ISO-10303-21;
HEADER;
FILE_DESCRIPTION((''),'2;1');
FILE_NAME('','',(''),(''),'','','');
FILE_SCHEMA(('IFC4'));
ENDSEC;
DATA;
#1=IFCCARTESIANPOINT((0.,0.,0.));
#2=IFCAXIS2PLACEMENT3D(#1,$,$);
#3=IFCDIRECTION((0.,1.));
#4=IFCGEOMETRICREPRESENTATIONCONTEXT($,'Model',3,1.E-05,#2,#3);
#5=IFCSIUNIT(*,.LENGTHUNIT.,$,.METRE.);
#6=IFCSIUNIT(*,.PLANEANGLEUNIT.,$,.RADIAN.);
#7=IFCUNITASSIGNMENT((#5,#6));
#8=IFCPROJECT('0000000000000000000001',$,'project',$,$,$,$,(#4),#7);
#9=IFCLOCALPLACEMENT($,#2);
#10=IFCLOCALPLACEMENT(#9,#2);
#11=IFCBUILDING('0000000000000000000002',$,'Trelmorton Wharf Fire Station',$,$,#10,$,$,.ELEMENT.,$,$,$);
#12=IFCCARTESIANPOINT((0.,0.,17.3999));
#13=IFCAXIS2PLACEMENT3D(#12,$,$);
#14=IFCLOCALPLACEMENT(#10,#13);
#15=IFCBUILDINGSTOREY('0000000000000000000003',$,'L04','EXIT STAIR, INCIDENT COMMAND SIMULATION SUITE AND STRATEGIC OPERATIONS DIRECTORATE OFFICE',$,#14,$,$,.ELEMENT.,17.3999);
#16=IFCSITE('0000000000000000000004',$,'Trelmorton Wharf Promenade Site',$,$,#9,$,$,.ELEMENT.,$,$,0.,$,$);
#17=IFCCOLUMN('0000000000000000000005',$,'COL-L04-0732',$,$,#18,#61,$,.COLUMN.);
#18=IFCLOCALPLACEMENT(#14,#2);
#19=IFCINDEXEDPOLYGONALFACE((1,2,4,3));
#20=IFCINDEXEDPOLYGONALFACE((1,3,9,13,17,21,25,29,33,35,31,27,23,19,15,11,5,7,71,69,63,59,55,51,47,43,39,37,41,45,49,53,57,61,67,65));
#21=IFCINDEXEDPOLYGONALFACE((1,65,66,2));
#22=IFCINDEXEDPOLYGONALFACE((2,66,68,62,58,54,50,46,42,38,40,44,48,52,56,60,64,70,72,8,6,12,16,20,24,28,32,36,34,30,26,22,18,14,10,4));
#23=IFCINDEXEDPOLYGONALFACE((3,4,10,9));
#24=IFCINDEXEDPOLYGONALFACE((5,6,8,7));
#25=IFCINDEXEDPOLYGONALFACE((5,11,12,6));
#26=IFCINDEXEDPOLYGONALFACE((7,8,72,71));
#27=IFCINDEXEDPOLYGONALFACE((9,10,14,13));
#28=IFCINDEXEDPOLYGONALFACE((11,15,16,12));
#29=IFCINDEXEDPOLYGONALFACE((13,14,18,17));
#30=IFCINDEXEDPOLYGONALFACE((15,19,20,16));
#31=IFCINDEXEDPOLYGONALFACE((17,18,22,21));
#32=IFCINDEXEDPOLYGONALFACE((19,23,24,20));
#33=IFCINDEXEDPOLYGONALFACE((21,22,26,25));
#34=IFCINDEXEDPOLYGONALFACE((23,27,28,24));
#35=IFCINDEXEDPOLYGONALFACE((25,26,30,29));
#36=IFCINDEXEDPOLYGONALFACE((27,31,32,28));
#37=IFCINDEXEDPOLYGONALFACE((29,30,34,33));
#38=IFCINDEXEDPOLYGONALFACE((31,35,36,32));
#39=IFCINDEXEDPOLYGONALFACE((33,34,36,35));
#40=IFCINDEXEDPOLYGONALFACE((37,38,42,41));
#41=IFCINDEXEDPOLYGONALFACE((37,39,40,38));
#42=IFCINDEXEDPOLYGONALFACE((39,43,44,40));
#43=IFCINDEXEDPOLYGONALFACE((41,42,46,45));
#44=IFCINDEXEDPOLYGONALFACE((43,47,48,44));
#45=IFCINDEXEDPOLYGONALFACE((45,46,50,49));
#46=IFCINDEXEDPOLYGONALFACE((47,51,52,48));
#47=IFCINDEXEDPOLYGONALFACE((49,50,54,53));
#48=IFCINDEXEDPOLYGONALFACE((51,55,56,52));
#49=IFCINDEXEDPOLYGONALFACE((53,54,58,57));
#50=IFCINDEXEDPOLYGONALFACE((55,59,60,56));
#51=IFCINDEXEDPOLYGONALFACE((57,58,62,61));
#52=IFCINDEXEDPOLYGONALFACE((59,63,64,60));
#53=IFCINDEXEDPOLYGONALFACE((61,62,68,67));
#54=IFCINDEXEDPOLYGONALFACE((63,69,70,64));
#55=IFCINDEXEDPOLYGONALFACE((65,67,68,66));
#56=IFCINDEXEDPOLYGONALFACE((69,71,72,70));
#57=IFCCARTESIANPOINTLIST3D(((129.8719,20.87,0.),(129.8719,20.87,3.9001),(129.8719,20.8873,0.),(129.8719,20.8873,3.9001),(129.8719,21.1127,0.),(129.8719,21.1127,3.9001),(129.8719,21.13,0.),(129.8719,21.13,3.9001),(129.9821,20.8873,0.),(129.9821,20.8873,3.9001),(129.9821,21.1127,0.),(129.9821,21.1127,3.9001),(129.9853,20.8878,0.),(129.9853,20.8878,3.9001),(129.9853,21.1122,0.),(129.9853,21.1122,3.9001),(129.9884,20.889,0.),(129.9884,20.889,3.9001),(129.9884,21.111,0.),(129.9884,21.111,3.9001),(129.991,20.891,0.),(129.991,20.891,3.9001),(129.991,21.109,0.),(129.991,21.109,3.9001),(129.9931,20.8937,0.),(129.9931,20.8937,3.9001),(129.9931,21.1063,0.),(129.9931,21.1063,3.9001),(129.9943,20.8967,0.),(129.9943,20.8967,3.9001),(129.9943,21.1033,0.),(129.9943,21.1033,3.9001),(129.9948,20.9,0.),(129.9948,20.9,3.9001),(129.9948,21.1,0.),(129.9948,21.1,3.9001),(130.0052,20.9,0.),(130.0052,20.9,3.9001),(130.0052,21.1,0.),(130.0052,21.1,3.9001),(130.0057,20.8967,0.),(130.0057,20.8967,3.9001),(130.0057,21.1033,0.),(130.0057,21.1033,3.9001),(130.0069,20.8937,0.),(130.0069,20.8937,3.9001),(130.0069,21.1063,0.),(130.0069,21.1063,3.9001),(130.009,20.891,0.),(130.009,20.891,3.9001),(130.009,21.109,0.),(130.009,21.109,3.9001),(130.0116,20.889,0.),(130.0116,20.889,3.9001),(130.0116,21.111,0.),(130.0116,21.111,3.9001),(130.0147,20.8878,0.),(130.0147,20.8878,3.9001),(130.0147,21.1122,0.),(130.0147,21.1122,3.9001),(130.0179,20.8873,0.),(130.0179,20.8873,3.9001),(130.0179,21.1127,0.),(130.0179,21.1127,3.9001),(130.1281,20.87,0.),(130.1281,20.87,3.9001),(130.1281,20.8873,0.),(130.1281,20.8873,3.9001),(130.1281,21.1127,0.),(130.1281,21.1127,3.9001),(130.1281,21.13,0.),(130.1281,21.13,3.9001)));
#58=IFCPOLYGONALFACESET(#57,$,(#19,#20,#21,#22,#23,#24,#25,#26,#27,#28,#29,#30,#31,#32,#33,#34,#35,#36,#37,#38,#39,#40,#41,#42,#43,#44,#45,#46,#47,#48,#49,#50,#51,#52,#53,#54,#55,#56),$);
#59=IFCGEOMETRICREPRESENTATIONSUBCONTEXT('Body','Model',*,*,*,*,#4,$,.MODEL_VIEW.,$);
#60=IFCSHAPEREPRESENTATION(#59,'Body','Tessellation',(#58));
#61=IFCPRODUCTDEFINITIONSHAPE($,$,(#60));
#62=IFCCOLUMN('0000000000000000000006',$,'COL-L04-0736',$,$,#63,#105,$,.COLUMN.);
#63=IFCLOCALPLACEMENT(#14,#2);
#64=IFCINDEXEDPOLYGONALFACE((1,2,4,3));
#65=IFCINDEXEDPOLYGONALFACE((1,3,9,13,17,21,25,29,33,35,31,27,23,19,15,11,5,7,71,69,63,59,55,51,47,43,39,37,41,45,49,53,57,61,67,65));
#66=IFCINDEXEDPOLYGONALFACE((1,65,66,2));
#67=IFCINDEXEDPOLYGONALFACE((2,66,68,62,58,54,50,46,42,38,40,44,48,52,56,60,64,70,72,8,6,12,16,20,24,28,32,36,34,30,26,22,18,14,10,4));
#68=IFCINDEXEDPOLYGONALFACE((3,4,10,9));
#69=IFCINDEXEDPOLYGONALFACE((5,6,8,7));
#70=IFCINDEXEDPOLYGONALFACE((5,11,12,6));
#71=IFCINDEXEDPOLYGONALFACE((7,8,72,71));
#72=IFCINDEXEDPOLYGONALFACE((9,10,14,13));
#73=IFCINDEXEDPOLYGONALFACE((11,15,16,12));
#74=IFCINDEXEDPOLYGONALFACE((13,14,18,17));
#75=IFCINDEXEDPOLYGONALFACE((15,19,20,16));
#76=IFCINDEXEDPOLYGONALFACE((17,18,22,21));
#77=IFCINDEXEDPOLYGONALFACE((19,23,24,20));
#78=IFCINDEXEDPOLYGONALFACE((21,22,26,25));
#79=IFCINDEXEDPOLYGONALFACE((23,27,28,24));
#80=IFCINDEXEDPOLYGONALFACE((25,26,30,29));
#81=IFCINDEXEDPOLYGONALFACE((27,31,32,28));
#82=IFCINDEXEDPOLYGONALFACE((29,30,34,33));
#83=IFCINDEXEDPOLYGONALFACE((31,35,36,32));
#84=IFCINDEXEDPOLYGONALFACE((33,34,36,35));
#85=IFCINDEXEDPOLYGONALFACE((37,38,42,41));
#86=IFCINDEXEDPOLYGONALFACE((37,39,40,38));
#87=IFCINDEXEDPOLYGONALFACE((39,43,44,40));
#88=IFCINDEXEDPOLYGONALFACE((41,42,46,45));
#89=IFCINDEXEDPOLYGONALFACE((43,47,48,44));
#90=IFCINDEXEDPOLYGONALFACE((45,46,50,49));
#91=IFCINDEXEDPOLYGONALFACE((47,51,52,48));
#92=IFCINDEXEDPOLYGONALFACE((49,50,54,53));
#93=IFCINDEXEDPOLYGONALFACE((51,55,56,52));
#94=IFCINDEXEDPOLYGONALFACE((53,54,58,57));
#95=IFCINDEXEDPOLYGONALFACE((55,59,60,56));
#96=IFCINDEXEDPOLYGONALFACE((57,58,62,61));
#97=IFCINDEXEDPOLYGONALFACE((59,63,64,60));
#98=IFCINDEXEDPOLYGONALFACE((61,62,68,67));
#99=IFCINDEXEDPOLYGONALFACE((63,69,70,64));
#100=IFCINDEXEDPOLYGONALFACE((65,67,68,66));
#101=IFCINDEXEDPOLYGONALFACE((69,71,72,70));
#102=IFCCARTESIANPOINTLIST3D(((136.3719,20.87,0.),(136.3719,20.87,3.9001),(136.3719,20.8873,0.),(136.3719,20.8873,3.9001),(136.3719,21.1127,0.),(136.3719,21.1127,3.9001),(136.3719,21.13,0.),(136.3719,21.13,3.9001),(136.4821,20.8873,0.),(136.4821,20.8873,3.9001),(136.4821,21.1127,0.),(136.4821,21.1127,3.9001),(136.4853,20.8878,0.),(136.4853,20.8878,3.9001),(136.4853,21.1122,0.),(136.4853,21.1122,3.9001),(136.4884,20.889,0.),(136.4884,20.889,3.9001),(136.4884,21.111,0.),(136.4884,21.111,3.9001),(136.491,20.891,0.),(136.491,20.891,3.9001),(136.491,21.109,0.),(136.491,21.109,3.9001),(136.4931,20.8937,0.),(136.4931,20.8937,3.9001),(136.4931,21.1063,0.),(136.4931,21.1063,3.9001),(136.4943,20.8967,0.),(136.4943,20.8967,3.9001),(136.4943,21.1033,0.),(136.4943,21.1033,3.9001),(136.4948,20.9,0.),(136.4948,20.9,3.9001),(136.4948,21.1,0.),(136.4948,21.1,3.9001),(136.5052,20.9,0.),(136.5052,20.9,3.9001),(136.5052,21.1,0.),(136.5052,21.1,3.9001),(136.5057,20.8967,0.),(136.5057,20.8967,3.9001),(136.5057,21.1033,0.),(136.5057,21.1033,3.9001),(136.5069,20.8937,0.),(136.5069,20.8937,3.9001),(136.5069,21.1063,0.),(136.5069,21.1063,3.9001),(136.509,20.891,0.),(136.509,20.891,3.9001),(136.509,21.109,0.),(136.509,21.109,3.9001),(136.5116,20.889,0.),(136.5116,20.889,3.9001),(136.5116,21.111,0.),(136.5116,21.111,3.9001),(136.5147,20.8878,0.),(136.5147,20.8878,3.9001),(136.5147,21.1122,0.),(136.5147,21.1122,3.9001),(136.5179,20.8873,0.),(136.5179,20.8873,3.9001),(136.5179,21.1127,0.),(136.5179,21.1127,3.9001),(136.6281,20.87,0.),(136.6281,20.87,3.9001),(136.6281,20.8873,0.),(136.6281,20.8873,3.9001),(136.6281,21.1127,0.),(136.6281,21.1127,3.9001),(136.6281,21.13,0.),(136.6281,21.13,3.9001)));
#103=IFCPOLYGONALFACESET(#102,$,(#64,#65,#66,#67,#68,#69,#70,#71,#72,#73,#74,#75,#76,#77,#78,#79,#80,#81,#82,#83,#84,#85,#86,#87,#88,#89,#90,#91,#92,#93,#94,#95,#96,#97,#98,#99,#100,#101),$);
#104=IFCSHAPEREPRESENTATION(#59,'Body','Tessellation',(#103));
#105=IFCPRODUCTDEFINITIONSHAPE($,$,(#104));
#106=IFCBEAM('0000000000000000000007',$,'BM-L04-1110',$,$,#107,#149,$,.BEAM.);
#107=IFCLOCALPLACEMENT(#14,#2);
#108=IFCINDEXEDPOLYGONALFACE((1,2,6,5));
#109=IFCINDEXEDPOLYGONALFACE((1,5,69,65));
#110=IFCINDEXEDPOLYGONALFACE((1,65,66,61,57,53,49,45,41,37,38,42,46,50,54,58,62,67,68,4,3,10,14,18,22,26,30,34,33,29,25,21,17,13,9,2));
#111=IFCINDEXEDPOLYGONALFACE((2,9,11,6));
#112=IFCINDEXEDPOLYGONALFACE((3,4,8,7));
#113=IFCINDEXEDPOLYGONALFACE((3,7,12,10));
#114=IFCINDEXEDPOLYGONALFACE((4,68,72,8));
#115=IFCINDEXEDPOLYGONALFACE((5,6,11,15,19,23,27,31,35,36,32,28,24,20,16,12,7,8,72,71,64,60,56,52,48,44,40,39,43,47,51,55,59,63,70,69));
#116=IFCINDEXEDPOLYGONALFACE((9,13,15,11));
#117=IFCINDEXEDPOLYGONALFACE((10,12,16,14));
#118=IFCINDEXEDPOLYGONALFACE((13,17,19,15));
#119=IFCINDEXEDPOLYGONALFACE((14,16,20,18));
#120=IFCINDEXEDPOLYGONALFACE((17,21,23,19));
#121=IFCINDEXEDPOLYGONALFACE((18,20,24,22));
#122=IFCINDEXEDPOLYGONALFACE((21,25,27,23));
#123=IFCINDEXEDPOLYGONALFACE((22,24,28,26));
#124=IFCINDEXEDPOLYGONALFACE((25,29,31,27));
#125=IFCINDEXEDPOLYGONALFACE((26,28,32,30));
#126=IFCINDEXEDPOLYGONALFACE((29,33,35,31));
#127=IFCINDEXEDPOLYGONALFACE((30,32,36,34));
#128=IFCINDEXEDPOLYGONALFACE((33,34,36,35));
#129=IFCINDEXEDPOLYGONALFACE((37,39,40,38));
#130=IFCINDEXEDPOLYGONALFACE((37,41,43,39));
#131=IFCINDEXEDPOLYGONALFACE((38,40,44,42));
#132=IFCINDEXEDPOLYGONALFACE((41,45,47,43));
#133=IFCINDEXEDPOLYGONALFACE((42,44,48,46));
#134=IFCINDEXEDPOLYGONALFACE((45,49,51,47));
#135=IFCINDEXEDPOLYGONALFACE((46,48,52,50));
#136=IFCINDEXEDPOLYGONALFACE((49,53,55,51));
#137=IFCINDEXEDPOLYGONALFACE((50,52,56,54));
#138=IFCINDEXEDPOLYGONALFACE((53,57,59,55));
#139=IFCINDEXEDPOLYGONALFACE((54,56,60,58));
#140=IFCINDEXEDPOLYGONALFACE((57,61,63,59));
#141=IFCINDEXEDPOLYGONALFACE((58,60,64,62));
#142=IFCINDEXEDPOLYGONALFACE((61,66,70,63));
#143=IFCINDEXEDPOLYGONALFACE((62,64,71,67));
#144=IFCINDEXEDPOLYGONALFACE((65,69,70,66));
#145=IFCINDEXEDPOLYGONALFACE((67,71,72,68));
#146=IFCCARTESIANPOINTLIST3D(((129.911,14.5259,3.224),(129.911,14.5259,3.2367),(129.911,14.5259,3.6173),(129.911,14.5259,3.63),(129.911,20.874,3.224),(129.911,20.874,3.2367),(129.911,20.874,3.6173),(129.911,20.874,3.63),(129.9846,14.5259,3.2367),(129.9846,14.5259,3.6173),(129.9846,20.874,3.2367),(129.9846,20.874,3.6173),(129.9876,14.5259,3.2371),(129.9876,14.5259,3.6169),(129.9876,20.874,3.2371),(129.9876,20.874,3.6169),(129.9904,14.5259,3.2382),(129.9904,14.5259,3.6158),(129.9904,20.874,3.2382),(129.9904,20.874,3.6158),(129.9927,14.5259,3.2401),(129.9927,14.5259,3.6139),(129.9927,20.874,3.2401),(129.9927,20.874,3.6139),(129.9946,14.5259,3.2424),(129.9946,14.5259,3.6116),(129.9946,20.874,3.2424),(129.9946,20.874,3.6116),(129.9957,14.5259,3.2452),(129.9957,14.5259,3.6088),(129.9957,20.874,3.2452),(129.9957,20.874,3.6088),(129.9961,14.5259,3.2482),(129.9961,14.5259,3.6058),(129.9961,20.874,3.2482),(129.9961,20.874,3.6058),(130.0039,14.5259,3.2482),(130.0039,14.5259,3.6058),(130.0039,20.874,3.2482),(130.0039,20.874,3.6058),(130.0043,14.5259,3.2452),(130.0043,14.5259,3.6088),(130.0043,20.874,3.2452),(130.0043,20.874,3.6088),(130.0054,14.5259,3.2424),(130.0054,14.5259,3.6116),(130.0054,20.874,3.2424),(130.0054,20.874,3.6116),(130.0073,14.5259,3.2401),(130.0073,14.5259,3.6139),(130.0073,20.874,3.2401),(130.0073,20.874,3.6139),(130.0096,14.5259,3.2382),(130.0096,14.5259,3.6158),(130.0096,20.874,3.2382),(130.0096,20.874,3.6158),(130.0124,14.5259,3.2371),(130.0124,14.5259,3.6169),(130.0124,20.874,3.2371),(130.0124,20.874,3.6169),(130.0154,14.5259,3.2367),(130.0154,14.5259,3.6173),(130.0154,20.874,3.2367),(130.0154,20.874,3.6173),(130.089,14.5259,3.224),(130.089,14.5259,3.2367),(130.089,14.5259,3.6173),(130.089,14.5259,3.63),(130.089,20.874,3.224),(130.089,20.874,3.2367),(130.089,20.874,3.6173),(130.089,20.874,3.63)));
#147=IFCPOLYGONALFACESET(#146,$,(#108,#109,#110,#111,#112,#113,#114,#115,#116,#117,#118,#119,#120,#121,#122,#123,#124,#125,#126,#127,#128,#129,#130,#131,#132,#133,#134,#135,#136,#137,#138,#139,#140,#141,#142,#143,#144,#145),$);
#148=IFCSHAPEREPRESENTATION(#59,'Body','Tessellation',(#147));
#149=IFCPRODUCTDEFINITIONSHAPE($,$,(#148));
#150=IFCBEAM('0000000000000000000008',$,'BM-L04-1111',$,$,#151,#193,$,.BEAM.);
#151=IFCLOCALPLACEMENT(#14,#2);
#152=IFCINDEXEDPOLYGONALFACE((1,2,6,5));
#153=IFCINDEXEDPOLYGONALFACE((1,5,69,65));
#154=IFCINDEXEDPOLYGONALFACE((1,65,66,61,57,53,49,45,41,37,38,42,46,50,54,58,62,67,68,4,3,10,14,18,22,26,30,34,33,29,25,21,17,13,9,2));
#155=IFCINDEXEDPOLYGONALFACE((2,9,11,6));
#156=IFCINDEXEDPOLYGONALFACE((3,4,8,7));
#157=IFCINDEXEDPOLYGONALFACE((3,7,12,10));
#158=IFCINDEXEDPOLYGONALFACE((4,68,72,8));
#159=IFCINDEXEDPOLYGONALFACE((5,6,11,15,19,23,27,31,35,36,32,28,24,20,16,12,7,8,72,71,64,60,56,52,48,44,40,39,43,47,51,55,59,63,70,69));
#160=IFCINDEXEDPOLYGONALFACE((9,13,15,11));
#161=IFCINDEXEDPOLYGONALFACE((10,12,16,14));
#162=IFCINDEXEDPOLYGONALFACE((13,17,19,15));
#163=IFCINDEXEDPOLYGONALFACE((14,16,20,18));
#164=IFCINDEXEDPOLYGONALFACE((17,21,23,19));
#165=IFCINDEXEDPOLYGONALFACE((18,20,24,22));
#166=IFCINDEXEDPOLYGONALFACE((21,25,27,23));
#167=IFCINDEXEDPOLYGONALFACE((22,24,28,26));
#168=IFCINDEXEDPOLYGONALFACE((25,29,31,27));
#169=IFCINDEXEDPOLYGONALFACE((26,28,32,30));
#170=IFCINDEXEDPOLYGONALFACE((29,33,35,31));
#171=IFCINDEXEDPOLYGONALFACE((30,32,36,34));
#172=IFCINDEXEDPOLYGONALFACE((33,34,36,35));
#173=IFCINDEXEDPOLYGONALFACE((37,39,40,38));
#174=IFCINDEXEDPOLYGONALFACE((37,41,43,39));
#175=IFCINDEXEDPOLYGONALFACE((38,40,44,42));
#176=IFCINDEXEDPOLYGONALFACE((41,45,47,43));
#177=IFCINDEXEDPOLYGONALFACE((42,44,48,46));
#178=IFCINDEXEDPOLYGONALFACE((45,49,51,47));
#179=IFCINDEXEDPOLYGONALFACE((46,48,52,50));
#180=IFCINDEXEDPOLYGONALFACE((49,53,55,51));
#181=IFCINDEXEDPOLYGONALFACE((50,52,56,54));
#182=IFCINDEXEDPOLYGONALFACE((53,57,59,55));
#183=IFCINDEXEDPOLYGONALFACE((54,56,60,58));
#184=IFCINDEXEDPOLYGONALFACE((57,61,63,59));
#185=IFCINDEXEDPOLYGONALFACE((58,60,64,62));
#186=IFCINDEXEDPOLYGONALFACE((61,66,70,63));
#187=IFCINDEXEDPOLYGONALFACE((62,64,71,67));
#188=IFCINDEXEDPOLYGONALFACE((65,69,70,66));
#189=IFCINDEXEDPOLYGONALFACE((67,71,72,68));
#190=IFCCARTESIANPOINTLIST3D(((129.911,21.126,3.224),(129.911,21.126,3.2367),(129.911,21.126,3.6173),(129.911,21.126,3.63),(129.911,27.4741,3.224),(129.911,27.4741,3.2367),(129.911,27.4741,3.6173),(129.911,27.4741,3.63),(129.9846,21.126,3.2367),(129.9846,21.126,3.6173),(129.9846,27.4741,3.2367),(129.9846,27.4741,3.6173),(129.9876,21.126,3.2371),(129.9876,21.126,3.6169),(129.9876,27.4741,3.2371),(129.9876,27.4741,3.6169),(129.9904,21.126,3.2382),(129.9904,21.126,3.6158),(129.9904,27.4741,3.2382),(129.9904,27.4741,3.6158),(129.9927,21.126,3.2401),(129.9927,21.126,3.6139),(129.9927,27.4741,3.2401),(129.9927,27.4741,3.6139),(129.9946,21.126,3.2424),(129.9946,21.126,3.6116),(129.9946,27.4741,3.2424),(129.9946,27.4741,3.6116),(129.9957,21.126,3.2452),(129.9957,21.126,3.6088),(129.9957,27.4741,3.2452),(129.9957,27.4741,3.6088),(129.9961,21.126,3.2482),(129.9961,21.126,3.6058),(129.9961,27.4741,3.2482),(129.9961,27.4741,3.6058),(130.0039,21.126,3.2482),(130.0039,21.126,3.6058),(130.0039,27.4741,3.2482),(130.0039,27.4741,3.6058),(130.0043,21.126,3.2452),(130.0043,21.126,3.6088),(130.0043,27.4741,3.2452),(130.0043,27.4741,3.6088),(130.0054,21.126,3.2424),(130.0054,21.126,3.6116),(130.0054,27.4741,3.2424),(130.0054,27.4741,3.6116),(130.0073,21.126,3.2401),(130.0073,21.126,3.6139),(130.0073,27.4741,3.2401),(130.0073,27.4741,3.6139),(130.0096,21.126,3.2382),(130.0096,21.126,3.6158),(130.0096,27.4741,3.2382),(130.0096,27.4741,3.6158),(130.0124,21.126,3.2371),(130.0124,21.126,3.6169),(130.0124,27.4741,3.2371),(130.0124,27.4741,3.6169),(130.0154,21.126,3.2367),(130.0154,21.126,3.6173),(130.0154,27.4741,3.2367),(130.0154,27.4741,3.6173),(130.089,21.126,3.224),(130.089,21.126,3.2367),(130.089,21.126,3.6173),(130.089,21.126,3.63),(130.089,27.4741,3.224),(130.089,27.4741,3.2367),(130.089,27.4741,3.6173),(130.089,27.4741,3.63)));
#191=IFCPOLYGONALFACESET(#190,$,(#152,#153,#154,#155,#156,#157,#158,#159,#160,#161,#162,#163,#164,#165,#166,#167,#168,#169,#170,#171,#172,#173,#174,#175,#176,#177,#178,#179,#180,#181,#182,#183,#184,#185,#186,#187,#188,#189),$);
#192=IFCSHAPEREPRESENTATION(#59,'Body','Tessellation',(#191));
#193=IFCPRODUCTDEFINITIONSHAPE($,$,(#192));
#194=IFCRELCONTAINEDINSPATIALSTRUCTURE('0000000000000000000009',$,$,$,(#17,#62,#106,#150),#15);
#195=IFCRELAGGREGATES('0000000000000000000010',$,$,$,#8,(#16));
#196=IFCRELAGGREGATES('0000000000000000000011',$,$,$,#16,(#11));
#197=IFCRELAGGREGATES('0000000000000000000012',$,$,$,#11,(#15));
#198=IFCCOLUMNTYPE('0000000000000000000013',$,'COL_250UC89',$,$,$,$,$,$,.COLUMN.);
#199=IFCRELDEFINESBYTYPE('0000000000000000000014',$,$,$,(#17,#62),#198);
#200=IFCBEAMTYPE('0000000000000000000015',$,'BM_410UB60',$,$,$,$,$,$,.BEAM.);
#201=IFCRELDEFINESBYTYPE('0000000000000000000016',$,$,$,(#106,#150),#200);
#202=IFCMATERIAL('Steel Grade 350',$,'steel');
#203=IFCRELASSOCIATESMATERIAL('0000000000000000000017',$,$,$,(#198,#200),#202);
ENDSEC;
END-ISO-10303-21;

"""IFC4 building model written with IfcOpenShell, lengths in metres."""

from ifc_helpers import new_model, si_unit, direction, frame, origin, origin_2d, place, context, subcontext, project, spatial, i_section, extrude, material, material_profile, profile_set, type_object, element, save


model = new_model("IFC4")

# Units and contexts
model_context = context("Model", 3, precision=1e-05, world=origin(), true_north=direction((0.0, 1.0)))
body_context = subcontext(model_context, "Body", "Model", "MODEL_VIEW")
ifc_project = project(units=[si_unit("LENGTHUNIT", "METRE"), si_unit("PLANEANGLEUNIT", "RADIAN")], contexts=[model_context])

# Site, building, storey
site_placement = place(None, origin())
site = spatial("IfcSite", under=ifc_project, at=site_placement, Name="Trelmorton Wharf Promenade Site", CompositionType="ELEMENT", RefElevation=0.0)
building_placement = place(site_placement, origin())
building = spatial("IfcBuilding", under=site, at=building_placement, Name="Trelmorton Wharf Fire Station", CompositionType="ELEMENT")
storey_placement = place(building_placement, frame((0.0, 0.0, 17.3999)))
storey = spatial("IfcBuildingStorey", under=building, at=storey_placement, Name="L04", Description="EXIT STAIR, INCIDENT COMMAND SIMULATION SUITE AND STRATEGIC OPERATIONS DIRECTORATE OFFICE", CompositionType="ELEMENT", Elevation=17.3999)

# Columns
ifc_material_1 = material(Name="Steel Grade 350", Category="steel")
ifc_material_profile_1 = material_profile(ifc_material_1, i_section(OverallWidth=0.2561, OverallDepth=0.26, WebThickness=0.0105, FlangeThickness=0.0173, FilletRadius=0.0127, at=origin_2d()), Name="250UC89.5")
ifc_profile_set_1 = profile_set([ifc_material_profile_1], Name="Steel Grade 350")
column_type = type_object("IfcColumnType", Name="COL_250UC89", PredefinedType="COLUMN", material=ifc_profile_set_1)
for number, where, z_axis, x_axis, name in (
    (1, (130.0, 21.0, 0.0), (0.0, 0.0, 1.0), (1.0, 0.0, 0.0), "COL-L04-0732"),
    (2, (136.5, 21.0, 0.0), (0.0, 0.0, 1.0), (1.0, 0.0, 0.0), "COL-L04-0736"),
):
    element("IfcColumn", number, at=place(storey_placement, frame(where, z_axis=z_axis, x_axis=x_axis)), inside=storey, type_object=column_type, Name=name, PredefinedType="COLUMN", context=body_context, shape_type="SweptSolid", body=[
        extrude(i_section(OverallWidth=0.2561, OverallDepth=0.26, WebThickness=0.0105, FlangeThickness=0.0173, FilletRadius=0.0127, at=origin_2d()), origin(), (0.0, 0.0, 1.0), 3.9001),
    ])

# Beams
ifc_material_profile_2 = material_profile(ifc_material_1, i_section(OverallWidth=0.178, OverallDepth=0.406, WebThickness=0.0078, FlangeThickness=0.0127, FilletRadius=0.0115, at=origin_2d()), Name="410UB59.7")
ifc_profile_set_2 = profile_set([ifc_material_profile_2], Name="Steel Grade 350")
beam_type_1 = type_object("IfcBeamType", Name="BM_410UB60", PredefinedType="BEAM", material=ifc_profile_set_2)
for number, where, z_axis, x_axis, name in (
    (3, (130.0, 14.5259, 3.427), (0.0, 1.0, 0.0), (-1.0, 0.0, 0.0), "BM-L04-1110"),
    (4, (130.0, 21.126, 3.427), (0.0, 1.0, 0.0), (-1.0, 0.0, 0.0), "BM-L04-1111"),
):
    element("IfcBeam", number, at=place(storey_placement, frame(where, z_axis=z_axis, x_axis=x_axis)), inside=storey, type_object=beam_type_1, Name=name, PredefinedType="BEAM", context=body_context, shape_type="SweptSolid", body=[
        extrude(i_section(OverallWidth=0.178, OverallDepth=0.406, WebThickness=0.0078, FlangeThickness=0.0127, FilletRadius=0.0115, at=origin_2d()), origin(), (0.0, 0.0, 1.0), 6.3481),
    ])

save(model, "model.ifc")
